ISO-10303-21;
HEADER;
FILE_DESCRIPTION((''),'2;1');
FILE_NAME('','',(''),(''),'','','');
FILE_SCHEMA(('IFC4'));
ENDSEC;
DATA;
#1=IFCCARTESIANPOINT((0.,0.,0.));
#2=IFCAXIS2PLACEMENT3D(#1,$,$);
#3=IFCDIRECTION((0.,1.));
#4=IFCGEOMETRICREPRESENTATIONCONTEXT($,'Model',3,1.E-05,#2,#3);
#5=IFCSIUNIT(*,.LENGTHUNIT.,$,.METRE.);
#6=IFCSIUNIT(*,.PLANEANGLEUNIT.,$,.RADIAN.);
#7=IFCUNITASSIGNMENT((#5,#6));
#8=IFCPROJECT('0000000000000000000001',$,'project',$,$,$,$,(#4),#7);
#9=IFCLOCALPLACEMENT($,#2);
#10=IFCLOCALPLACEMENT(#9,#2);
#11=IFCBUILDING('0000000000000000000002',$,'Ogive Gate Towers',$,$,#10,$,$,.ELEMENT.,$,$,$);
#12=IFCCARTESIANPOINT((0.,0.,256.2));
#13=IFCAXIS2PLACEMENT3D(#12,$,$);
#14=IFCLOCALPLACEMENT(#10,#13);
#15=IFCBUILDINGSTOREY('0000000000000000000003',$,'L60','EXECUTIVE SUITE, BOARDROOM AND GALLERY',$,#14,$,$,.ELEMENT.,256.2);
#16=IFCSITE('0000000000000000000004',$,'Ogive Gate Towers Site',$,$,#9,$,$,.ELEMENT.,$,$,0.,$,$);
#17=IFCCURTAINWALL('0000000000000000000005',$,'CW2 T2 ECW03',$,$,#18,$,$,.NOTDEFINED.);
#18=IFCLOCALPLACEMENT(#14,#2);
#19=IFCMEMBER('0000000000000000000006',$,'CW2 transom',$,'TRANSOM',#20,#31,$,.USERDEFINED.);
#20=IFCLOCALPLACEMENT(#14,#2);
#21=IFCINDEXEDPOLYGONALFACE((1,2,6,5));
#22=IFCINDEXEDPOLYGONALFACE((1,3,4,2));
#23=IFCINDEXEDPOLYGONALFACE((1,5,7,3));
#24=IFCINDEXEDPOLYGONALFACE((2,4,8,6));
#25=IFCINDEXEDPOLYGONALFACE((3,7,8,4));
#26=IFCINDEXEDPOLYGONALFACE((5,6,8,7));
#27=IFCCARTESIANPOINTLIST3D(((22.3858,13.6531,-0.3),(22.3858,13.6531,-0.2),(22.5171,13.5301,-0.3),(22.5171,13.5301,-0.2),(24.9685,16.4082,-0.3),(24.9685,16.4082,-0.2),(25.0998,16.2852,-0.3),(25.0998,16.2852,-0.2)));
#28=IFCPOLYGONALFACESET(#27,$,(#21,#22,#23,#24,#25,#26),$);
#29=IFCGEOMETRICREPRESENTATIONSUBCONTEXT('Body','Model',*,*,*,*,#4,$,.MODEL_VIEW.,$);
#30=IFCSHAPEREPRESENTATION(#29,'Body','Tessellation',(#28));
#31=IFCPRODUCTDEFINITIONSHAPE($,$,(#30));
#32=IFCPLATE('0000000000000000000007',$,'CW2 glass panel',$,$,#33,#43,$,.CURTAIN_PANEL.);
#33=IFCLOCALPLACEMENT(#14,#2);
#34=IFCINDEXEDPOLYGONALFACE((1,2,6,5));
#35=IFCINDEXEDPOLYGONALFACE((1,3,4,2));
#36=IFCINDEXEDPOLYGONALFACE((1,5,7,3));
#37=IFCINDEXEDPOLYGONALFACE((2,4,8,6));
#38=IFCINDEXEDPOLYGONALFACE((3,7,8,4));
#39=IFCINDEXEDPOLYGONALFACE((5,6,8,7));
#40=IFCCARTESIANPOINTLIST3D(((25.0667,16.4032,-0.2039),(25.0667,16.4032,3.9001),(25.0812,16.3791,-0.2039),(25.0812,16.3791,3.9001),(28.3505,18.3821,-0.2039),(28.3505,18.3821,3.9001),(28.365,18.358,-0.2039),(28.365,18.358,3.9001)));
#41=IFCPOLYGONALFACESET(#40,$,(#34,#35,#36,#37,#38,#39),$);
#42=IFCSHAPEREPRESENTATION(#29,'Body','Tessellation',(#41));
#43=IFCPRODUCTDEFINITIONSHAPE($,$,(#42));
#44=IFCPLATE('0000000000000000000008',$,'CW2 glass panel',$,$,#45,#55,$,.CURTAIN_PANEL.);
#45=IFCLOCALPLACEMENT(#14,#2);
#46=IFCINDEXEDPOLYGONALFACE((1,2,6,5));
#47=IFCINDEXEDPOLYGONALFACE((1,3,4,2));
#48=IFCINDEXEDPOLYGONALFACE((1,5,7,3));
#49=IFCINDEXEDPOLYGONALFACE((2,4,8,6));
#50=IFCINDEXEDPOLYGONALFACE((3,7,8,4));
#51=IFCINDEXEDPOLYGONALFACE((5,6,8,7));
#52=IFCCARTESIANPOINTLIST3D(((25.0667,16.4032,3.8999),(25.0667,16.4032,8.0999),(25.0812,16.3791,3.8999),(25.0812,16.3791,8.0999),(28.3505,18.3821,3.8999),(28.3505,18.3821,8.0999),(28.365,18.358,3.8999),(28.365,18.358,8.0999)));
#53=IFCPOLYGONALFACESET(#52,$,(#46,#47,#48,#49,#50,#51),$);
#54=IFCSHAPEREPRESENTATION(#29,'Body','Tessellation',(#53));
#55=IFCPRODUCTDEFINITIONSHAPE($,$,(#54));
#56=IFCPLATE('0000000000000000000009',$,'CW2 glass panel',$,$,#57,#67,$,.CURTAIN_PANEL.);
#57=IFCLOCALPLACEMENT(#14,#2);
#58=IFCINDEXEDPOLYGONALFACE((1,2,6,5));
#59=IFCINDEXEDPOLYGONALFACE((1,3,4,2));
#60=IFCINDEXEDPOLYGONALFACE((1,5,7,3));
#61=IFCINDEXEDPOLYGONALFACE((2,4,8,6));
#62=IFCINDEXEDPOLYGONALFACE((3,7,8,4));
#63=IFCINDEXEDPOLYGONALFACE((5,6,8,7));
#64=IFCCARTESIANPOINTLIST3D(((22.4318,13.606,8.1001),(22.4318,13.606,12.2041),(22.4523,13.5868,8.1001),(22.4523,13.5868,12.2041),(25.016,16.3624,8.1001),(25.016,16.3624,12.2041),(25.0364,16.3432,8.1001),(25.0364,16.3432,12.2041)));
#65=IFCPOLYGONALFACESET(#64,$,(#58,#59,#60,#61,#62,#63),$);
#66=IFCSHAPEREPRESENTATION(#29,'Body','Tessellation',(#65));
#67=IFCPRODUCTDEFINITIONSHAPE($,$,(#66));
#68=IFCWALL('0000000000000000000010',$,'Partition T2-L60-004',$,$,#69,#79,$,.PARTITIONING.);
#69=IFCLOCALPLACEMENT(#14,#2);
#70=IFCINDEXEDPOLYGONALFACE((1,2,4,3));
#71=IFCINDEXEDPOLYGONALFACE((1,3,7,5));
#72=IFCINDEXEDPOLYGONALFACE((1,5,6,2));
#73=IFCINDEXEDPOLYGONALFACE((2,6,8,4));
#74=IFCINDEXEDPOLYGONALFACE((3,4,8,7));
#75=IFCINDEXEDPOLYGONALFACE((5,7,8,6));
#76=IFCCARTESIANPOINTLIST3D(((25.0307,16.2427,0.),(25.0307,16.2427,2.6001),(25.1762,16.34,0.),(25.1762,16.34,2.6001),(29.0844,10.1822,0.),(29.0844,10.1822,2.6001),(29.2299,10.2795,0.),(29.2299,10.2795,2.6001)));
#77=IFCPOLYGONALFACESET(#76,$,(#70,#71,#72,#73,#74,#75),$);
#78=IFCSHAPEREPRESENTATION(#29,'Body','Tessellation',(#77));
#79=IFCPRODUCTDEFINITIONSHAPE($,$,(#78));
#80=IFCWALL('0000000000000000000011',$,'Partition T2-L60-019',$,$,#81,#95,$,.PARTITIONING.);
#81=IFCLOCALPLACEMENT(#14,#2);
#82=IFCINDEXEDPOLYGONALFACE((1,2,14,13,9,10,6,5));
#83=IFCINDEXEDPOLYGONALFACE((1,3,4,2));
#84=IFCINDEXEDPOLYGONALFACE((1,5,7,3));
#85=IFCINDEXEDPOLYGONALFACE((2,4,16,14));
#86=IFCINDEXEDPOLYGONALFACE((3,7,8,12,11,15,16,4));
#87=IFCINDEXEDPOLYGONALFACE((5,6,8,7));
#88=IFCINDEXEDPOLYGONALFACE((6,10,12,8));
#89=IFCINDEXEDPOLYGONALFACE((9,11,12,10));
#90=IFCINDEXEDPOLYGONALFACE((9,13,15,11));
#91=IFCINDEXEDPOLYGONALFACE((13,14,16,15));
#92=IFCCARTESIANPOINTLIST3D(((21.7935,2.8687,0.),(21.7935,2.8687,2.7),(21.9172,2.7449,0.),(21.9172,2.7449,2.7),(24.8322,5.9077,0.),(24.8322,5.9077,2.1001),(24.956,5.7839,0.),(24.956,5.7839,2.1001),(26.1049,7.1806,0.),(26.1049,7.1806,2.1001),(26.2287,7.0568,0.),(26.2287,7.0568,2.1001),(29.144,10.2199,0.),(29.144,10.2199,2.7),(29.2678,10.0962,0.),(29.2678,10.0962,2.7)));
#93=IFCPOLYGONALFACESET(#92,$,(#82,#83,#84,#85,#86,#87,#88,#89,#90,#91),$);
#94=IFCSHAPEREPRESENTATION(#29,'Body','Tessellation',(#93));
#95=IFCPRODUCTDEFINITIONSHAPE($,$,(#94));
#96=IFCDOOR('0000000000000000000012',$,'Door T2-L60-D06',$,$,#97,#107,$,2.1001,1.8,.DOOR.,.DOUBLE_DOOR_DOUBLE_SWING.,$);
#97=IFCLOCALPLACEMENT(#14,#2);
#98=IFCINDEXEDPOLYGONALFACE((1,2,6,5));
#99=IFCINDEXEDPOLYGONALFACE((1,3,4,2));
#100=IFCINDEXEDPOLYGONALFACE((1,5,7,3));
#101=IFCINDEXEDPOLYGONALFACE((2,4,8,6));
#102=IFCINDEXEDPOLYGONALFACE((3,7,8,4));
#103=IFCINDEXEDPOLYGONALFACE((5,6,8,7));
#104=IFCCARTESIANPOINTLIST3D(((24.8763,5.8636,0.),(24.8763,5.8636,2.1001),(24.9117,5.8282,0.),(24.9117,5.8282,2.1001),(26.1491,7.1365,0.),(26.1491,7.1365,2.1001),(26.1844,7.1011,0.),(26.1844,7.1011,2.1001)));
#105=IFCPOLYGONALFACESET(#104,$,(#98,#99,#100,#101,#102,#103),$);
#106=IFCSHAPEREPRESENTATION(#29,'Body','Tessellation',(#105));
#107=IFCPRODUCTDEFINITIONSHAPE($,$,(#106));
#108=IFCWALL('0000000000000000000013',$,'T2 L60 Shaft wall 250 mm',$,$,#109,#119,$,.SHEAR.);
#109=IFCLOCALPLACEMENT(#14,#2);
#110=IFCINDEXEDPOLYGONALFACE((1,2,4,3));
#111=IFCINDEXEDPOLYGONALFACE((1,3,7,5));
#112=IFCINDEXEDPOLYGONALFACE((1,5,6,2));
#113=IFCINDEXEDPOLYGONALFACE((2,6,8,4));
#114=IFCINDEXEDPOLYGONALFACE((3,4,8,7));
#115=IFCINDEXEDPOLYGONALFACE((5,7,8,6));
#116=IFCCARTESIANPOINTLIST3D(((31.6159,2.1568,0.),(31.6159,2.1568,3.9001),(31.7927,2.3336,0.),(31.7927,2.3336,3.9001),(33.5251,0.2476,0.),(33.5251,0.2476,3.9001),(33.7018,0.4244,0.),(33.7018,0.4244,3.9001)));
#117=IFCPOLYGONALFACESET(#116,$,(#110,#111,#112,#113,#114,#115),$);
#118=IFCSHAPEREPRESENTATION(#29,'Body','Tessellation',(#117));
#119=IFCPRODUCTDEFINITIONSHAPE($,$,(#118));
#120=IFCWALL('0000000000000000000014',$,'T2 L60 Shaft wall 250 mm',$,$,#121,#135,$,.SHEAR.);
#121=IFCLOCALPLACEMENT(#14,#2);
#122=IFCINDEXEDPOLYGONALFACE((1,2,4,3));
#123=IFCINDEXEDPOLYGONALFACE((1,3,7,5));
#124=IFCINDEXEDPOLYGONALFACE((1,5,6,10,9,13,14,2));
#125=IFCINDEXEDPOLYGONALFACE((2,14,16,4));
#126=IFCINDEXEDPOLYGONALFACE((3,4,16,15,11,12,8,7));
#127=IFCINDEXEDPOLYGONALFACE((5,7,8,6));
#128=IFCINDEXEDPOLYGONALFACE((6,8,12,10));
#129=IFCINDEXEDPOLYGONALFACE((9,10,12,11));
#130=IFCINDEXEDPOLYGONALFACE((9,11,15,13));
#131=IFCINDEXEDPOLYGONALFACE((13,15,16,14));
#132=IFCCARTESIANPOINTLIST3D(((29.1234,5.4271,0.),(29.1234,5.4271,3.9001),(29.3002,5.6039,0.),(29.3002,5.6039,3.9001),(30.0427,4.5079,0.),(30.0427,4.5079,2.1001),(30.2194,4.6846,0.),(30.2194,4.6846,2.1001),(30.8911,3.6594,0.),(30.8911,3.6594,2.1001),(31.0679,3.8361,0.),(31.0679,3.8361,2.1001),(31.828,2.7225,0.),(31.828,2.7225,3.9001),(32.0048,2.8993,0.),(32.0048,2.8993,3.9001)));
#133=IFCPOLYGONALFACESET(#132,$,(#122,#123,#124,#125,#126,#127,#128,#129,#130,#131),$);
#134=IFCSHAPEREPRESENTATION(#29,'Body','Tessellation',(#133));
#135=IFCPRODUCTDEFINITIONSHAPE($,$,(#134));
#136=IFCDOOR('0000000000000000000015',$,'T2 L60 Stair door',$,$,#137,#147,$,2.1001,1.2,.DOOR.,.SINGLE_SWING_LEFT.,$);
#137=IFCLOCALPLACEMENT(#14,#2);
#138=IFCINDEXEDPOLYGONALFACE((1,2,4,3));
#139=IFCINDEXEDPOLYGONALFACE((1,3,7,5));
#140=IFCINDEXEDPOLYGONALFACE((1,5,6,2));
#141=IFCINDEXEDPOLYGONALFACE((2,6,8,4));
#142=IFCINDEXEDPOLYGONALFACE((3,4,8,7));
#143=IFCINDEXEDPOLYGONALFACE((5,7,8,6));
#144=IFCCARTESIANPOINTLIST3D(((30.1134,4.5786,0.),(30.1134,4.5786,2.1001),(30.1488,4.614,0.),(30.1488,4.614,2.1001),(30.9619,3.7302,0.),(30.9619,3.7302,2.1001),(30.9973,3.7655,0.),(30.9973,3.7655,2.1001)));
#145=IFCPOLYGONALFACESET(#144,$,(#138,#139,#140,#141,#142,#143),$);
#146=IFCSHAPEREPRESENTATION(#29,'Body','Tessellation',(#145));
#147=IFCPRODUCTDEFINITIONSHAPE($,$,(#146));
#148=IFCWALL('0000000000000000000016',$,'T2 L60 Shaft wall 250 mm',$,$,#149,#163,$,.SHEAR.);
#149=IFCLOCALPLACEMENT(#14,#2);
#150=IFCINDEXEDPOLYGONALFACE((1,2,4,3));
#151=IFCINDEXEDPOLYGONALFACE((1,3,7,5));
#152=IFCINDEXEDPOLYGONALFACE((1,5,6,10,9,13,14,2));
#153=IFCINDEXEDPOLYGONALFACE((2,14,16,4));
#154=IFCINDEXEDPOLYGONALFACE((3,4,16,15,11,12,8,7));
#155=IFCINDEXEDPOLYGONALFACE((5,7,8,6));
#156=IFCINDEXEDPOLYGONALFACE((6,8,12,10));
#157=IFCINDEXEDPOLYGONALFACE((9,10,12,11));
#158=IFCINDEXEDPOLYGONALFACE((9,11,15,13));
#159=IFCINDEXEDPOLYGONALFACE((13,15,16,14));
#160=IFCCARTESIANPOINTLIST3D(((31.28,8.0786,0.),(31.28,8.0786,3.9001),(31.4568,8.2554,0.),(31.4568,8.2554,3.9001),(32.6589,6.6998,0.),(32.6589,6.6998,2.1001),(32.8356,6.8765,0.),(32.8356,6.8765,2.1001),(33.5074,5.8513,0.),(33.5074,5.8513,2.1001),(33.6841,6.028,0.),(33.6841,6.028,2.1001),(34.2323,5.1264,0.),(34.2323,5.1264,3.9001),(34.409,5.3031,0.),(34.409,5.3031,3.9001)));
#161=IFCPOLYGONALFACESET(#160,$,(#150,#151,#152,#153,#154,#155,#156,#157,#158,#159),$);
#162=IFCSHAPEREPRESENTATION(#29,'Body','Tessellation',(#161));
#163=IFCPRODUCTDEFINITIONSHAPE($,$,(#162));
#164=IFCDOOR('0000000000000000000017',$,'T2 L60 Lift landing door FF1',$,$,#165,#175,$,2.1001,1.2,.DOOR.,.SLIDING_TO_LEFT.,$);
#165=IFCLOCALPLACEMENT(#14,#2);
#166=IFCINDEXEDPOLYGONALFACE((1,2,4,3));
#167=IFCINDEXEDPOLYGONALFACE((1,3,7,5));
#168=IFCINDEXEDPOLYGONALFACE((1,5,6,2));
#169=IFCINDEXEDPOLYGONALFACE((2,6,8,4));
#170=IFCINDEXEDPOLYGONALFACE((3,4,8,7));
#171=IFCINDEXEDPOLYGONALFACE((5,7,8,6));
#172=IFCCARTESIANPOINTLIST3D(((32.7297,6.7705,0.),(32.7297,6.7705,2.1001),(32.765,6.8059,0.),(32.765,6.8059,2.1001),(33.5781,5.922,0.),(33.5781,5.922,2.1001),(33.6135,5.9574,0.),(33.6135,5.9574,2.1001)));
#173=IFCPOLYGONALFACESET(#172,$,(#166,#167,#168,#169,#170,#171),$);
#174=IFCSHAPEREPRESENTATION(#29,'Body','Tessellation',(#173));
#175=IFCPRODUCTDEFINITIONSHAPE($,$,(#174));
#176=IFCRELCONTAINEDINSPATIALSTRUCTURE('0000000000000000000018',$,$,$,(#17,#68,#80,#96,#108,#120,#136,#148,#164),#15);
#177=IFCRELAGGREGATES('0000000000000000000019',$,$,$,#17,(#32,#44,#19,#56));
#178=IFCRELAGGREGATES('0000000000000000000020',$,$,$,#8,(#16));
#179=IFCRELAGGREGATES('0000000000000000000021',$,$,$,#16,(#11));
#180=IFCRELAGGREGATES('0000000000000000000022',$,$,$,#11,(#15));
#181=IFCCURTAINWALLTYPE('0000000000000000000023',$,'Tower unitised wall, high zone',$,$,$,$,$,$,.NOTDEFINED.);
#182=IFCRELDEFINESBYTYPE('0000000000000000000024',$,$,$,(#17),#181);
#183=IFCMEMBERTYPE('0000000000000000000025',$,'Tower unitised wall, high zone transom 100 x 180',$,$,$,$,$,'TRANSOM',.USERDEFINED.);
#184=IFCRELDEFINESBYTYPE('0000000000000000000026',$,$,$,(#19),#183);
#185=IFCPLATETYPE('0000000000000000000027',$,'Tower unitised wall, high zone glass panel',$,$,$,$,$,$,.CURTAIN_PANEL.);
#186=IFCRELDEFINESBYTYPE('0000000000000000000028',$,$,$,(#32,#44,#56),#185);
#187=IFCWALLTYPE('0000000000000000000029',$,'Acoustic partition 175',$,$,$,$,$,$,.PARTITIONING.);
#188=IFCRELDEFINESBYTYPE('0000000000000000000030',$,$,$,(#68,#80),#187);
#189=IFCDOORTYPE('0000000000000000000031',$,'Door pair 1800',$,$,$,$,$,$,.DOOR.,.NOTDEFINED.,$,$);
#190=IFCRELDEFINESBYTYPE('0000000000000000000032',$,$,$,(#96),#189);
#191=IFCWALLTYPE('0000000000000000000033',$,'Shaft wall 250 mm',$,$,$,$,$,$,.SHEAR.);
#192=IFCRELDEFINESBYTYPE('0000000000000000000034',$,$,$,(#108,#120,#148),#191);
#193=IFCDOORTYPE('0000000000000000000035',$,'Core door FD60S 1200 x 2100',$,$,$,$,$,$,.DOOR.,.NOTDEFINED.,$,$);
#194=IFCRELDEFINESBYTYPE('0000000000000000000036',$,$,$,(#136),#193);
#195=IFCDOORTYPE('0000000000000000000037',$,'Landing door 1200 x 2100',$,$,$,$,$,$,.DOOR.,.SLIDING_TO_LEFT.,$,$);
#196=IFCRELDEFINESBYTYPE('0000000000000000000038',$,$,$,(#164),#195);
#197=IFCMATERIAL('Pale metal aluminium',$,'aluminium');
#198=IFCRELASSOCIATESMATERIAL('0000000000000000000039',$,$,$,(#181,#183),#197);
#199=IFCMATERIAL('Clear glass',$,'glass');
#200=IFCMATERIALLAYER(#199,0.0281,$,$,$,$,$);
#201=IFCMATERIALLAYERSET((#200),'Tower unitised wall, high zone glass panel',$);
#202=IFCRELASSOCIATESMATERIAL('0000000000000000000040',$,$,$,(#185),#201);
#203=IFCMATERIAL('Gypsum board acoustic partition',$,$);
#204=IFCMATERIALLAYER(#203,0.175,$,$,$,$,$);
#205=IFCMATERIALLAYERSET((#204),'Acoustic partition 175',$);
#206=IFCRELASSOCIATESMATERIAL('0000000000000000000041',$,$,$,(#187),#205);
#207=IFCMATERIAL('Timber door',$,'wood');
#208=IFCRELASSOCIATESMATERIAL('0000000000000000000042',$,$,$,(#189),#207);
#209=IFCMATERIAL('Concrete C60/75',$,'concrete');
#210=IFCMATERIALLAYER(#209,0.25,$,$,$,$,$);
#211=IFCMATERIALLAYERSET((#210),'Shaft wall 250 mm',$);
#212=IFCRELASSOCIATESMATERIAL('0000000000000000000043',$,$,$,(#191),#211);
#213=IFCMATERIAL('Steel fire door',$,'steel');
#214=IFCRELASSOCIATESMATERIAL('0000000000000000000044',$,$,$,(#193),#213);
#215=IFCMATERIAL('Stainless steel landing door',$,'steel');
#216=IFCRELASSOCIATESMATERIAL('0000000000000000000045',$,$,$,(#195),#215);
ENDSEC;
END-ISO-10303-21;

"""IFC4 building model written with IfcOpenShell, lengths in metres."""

from ifc_helpers import new_model, si_unit, direction, frame, frame_2d, origin, origin_2d, place, context, subcontext, project, spatial, rectangle, extrude, material, layer, layer_set, material_profile, profile_set, type_object, element, fill, aggregate, save


model = new_model("IFC4")

# Units and contexts
model_context = context("Model", 3, precision=1e-05, world=origin(), true_north=direction((0.0, 1.0)))
body_context = subcontext(model_context, "Body", "Model", "MODEL_VIEW")
ifc_project = project(units=[si_unit("LENGTHUNIT", "METRE"), si_unit("PLANEANGLEUNIT", "RADIAN")], contexts=[model_context])

# Site, building, storey
site_placement = place(None, origin())
site = spatial("IfcSite", under=ifc_project, at=site_placement, Name="Ogive Gate Towers Site", CompositionType="ELEMENT", RefElevation=0.0)
building_placement = place(site_placement, origin())
building = spatial("IfcBuilding", under=site, at=building_placement, Name="Ogive Gate Towers", CompositionType="ELEMENT")
storey_placement = place(building_placement, frame((0.0, 0.0, 256.2)))
storey = spatial("IfcBuildingStorey", under=building, at=storey_placement, Name="L60", Description="EXECUTIVE SUITE, BOARDROOM AND GALLERY", CompositionType="ELEMENT", Elevation=256.2)

# Curtain wall, member, plates
ifc_material_1 = material(Name="Pale metal aluminium", Category="aluminium")
curtain_wall_type = type_object("IfcCurtainWallType", Name="Tower unitised wall, high zone", PredefinedType="NOTDEFINED", material=ifc_material_1)
curtain_wall_placement = place(storey_placement, origin())
curtain_wall = element("IfcCurtainWall", 1, at=curtain_wall_placement, inside=storey, type_object=curtain_wall_type, Name="CW2 T2 ECW03", PredefinedType="NOTDEFINED")
ifc_material_profile_1 = material_profile(ifc_material_1, rectangle(XDim=0.1799, YDim=0.1001, at=origin_2d()), Name="100 x 180 aluminium box")
ifc_profile_set_1 = profile_set([ifc_material_profile_1], Name="Pale metal aluminium")
member_type_1 = type_object("IfcMemberType", Name="Tower unitised wall, high zone transom 100 x 180", ElementType="TRANSOM", PredefinedType="USERDEFINED", material=ifc_profile_set_1)
member_1_placement = place(storey_placement, frame((25.0342, 16.3467, -0.25), z_axis=(-0.683917, -0.729559, 0.0), x_axis=(0.729559, -0.683917, 0.0)))
member_1 = element("IfcMember", 2, at=member_1_placement, type_object=member_type_1, Name="CW2 transom", ObjectType="TRANSOM", PredefinedType="USERDEFINED", context=body_context, shape_type="SweptSolid", body=[
    extrude(rectangle(XDim=0.1799, YDim=0.1001, at=origin_2d()), origin(), (0.0, 0.0, 1.0), 3.7764),
])
ifc_material_2 = material(Name="Clear glass", Category="glass")
ifc_layer_1 = layer(ifc_material_2, 0.0281)
ifc_layer_set_1 = layer_set([ifc_layer_1], Name="Tower unitised wall, high zone glass panel")
plate_type = type_object("IfcPlateType", Name="Tower unitised wall, high zone glass panel", PredefinedType="CURTAIN_PANEL", material=ifc_layer_set_1)
plate_1_placement = place(storey_placement, frame((26.7158, 17.3806, -0.2039), z_axis=(0.0, 0.0, 1.0), x_axis=(-0.856501, -0.516145, 0.0)))
plate_1 = element("IfcPlate", 3, at=plate_1_placement, type_object=plate_type, Name="CW2 glass panel", PredefinedType="CURTAIN_PANEL", context=body_context, shape_type="SweptSolid", body=[
    extrude(rectangle(XDim=3.834, YDim=0.0281, at=origin_2d()), origin(), (0.0, 0.0, 1.0), 4.104),
])
plate_2_placement = place(storey_placement, frame((26.7158, 17.3806, 3.8999), z_axis=(0.0, 0.0, 1.0), x_axis=(-0.856501, -0.516145, 0.0)))
plate_2 = element("IfcPlate", 4, at=plate_2_placement, type_object=plate_type, Name="CW2 glass panel", PredefinedType="CURTAIN_PANEL", context=body_context, shape_type="SweptSolid", body=[
    extrude(rectangle(XDim=3.834, YDim=0.0281, at=origin_2d()), origin(), (0.0, 0.0, 1.0), 4.2),
])
plate_3_placement = place(storey_placement, frame((23.7341, 14.9746, 8.1001), z_axis=(0.0, 0.0, 1.0), x_axis=(-0.683936, -0.729542, 0.0)))
plate_3 = element("IfcPlate", 5, at=plate_3_placement, type_object=plate_type, Name="CW2 glass panel", PredefinedType="CURTAIN_PANEL", context=body_context, shape_type="SweptSolid", body=[
    extrude(rectangle(XDim=3.7783, YDim=0.0281, at=origin_2d()), origin(), (0.0, 0.0, 1.0), 4.104),
])
aggregate(curtain_wall, [plate_1, plate_2, member_1, plate_3])

# Wall
ifc_material_3 = material(Name="Gypsum board acoustic partition")
ifc_layer_2 = layer(ifc_material_3, 0.175)
ifc_layer_set_2 = layer_set([ifc_layer_2], Name="Acoustic partition 175")
wall_type_1 = type_object("IfcWallType", Name="Acoustic partition 175", PredefinedType="PARTITIONING", material=ifc_layer_set_2)
wall_1_placement = place(storey_placement, frame((25.1035, 16.2913, 0.0), z_axis=(0.0, 0.0, 1.0), x_axis=(0.555967, -0.831205, 0.0)))
element("IfcWall", 6, at=wall_1_placement, inside=storey, type_object=wall_type_1, Name="Partition T2-L60-004", PredefinedType="PARTITIONING", context=body_context, shape_type="SweptSolid", body=[
    extrude(rectangle(XDim=7.2913, YDim=0.175, at=frame_2d((3.6455, 0.0))), origin(), (0.0, 0.0, 1.0), 2.6001),
])

# Wall, opening, door
wall_2_placement = place(storey_placement, frame((29.2058, 10.158, 0.0), z_axis=(0.0, 0.0, 1.0), x_axis=(-0.707072, -0.707142, 0.0)))
wall_2 = element("IfcWall", 7, at=wall_2_placement, inside=storey, type_object=wall_type_1, Name="Partition T2-L60-019", PredefinedType="PARTITIONING", context=body_context, shape_type="SweptSolid", body=[
    extrude(rectangle(XDim=10.3958, YDim=0.175, at=frame_2d((5.1978, 0.0))), origin(), (0.0, 0.0, 1.0), 2.7),
])
opening_1_placement = place(wall_2_placement, frame((4.2981, 0.0, 0.0)))
opening_1 = element("IfcOpeningElement", 8, at=opening_1_placement, cuts=wall_2, PredefinedType="OPENING", context=body_context, shape_type="SweptSolid", body=[
    extrude(rectangle(XDim=1.8, YDim=2.1001, at=frame_2d((0.8999, 1.05))), frame((0.0, 0.0977, 0.0), z_axis=(0.0, -1.0, 0.0), x_axis=(1.0, 0.0, 0.0)), (0.0, 0.0, 1.0), 0.1951),
])
ifc_material_4 = material(Name="Timber door", Category="wood")
door_type_1 = type_object("IfcDoorType", Name="Door pair 1800", OperationType="NOTDEFINED", PredefinedType="DOOR", material=ifc_material_4)
door_1_placement = place(opening_1_placement, origin())
door_1 = element("IfcDoor", 9, at=door_1_placement, inside=storey, type_object=door_type_1, Name="Door T2-L60-D06", OperationType="DOUBLE_DOOR_DOUBLE_SWING", OverallHeight=2.1001, OverallWidth=1.8, PredefinedType="DOOR", context=body_context, shape_type="SweptSolid", body=[
    extrude(rectangle(XDim=1.8, YDim=2.1001, at=frame_2d((0.8999, 1.05))), frame((0.0, 0.0249, 0.0), z_axis=(0.0, -1.0, 0.0), x_axis=(1.0, 0.0, 0.0)), (0.0, 0.0, 1.0), 0.05),
])
fill(opening_1, door_1)

# Wall
ifc_material_5 = material(Name="Concrete C60/75", Category="concrete")
ifc_layer_3 = layer(ifc_material_5, 0.25)
ifc_layer_set_3 = layer_set([ifc_layer_3], Name="Shaft wall 250 mm")
wall_type_2 = type_object("IfcWallType", Name="Shaft wall 250 mm", PredefinedType="SHEAR", material=ifc_layer_set_3)
wall_3_placement = place(storey_placement, frame((33.6135, 0.3359, 0.0), z_axis=(0.0, 0.0, 1.0), x_axis=(-0.707107, 0.707107, 0.0)))
element("IfcWall", 10, at=wall_3_placement, inside=storey, type_object=wall_type_2, Name="T2 L60 Shaft wall 250 mm", PredefinedType="SHEAR", context=body_context, shape_type="SweptSolid", body=[
    extrude(rectangle(XDim=2.7, YDim=0.25, at=frame_2d((1.3501, 0.0))), origin(), (0.0, 0.0, 1.0), 3.9001),
])

# Walls, openings, doors
wall_4_placement = place(storey_placement, frame((31.9165, 2.8108, 0.0), z_axis=(0.0, 0.0, 1.0), x_axis=(-0.707107, 0.707107, 0.0)))
wall_4 = element("IfcWall", 11, at=wall_4_placement, inside=storey, type_object=wall_type_2, Name="T2 L60 Shaft wall 250 mm", PredefinedType="SHEAR", context=body_context, shape_type="SweptSolid", body=[
    extrude(rectangle(XDim=3.825, YDim=0.25, at=frame_2d((1.9126, 0.0))), origin(), (0.0, 0.0, 1.0), 3.9001),
])
opening_2_placement = place(wall_4_placement, frame((1.325, 0.0, 0.0)))
opening_2 = element("IfcOpeningElement", 12, at=opening_2_placement, cuts=wall_4, PredefinedType="OPENING", context=body_context, shape_type="SweptSolid", body=[
    extrude(rectangle(XDim=1.2, YDim=2.1001, at=frame_2d((0.6001, 1.05))), frame((0.0, 0.135, 0.0), z_axis=(0.0, -1.0, 0.0), x_axis=(1.0, 0.0, 0.0)), (0.0, 0.0, 1.0), 0.27),
])
ifc_material_6 = material(Name="Steel fire door", Category="steel")
door_type_2 = type_object("IfcDoorType", Name="Core door FD60S 1200 x 2100", OperationType="NOTDEFINED", PredefinedType="DOOR", material=ifc_material_6)
door_2_placement = place(opening_2_placement, origin())
door_2 = element("IfcDoor", 13, at=door_2_placement, inside=storey, type_object=door_type_2, Name="T2 L60 Stair door", OperationType="SINGLE_SWING_LEFT", OverallHeight=2.1001, OverallWidth=1.2, PredefinedType="DOOR", context=body_context, shape_type="SweptSolid", body=[
    extrude(rectangle(XDim=1.2, YDim=2.1001, at=frame_2d((0.6001, 1.05))), frame((0.0, 0.0249, 0.0), z_axis=(0.0, -1.0, 0.0), x_axis=(1.0, 0.0, 0.0)), (0.0, 0.0, 1.0), 0.05),
])
fill(opening_2, door_2)
wall_5_placement = place(storey_placement, frame((34.3206, 5.2148, 0.0), z_axis=(0.0, 0.0, 1.0), x_axis=(-0.707107, 0.707107, 0.0)))
wall_5 = element("IfcWall", 14, at=wall_5_placement, inside=storey, type_object=wall_type_2, Name="T2 L60 Shaft wall 250 mm", PredefinedType="SHEAR", context=body_context, shape_type="SweptSolid", body=[
    extrude(rectangle(XDim=4.175, YDim=0.25, at=frame_2d((2.0874, 0.0))), origin(), (0.0, 0.0, 1.0), 3.9001),
])
opening_3_placement = place(wall_5_placement, frame((1.0249, 0.0, 0.0)))
opening_3 = element("IfcOpeningElement", 15, at=opening_3_placement, cuts=wall_5, PredefinedType="OPENING", context=body_context, shape_type="SweptSolid", body=[
    extrude(rectangle(XDim=1.2, YDim=2.1001, at=frame_2d((0.6001, 1.05))), frame((0.0, 0.135, 0.0), z_axis=(0.0, -1.0, 0.0), x_axis=(1.0, 0.0, 0.0)), (0.0, 0.0, 1.0), 0.27),
])
ifc_material_7 = material(Name="Stainless steel landing door", Category="steel")
door_type_3 = type_object("IfcDoorType", Name="Landing door 1200 x 2100", OperationType="SLIDING_TO_LEFT", PredefinedType="DOOR", material=ifc_material_7)
door_3_placement = place(opening_3_placement, origin())
door_3 = element("IfcDoor", 16, at=door_3_placement, inside=storey, type_object=door_type_3, Name="T2 L60 Lift landing door FF1", OperationType="SLIDING_TO_LEFT", OverallHeight=2.1001, OverallWidth=1.2, PredefinedType="DOOR", context=body_context, shape_type="SweptSolid", body=[
    extrude(rectangle(XDim=1.2, YDim=2.1001, at=frame_2d((0.6001, 1.05))), frame((0.0, 0.0249, 0.0), z_axis=(0.0, -1.0, 0.0), x_axis=(1.0, 0.0, 0.0)), (0.0, 0.0, 1.0), 0.05),
])
fill(opening_3, door_3)

save(model, "model.ifc")
